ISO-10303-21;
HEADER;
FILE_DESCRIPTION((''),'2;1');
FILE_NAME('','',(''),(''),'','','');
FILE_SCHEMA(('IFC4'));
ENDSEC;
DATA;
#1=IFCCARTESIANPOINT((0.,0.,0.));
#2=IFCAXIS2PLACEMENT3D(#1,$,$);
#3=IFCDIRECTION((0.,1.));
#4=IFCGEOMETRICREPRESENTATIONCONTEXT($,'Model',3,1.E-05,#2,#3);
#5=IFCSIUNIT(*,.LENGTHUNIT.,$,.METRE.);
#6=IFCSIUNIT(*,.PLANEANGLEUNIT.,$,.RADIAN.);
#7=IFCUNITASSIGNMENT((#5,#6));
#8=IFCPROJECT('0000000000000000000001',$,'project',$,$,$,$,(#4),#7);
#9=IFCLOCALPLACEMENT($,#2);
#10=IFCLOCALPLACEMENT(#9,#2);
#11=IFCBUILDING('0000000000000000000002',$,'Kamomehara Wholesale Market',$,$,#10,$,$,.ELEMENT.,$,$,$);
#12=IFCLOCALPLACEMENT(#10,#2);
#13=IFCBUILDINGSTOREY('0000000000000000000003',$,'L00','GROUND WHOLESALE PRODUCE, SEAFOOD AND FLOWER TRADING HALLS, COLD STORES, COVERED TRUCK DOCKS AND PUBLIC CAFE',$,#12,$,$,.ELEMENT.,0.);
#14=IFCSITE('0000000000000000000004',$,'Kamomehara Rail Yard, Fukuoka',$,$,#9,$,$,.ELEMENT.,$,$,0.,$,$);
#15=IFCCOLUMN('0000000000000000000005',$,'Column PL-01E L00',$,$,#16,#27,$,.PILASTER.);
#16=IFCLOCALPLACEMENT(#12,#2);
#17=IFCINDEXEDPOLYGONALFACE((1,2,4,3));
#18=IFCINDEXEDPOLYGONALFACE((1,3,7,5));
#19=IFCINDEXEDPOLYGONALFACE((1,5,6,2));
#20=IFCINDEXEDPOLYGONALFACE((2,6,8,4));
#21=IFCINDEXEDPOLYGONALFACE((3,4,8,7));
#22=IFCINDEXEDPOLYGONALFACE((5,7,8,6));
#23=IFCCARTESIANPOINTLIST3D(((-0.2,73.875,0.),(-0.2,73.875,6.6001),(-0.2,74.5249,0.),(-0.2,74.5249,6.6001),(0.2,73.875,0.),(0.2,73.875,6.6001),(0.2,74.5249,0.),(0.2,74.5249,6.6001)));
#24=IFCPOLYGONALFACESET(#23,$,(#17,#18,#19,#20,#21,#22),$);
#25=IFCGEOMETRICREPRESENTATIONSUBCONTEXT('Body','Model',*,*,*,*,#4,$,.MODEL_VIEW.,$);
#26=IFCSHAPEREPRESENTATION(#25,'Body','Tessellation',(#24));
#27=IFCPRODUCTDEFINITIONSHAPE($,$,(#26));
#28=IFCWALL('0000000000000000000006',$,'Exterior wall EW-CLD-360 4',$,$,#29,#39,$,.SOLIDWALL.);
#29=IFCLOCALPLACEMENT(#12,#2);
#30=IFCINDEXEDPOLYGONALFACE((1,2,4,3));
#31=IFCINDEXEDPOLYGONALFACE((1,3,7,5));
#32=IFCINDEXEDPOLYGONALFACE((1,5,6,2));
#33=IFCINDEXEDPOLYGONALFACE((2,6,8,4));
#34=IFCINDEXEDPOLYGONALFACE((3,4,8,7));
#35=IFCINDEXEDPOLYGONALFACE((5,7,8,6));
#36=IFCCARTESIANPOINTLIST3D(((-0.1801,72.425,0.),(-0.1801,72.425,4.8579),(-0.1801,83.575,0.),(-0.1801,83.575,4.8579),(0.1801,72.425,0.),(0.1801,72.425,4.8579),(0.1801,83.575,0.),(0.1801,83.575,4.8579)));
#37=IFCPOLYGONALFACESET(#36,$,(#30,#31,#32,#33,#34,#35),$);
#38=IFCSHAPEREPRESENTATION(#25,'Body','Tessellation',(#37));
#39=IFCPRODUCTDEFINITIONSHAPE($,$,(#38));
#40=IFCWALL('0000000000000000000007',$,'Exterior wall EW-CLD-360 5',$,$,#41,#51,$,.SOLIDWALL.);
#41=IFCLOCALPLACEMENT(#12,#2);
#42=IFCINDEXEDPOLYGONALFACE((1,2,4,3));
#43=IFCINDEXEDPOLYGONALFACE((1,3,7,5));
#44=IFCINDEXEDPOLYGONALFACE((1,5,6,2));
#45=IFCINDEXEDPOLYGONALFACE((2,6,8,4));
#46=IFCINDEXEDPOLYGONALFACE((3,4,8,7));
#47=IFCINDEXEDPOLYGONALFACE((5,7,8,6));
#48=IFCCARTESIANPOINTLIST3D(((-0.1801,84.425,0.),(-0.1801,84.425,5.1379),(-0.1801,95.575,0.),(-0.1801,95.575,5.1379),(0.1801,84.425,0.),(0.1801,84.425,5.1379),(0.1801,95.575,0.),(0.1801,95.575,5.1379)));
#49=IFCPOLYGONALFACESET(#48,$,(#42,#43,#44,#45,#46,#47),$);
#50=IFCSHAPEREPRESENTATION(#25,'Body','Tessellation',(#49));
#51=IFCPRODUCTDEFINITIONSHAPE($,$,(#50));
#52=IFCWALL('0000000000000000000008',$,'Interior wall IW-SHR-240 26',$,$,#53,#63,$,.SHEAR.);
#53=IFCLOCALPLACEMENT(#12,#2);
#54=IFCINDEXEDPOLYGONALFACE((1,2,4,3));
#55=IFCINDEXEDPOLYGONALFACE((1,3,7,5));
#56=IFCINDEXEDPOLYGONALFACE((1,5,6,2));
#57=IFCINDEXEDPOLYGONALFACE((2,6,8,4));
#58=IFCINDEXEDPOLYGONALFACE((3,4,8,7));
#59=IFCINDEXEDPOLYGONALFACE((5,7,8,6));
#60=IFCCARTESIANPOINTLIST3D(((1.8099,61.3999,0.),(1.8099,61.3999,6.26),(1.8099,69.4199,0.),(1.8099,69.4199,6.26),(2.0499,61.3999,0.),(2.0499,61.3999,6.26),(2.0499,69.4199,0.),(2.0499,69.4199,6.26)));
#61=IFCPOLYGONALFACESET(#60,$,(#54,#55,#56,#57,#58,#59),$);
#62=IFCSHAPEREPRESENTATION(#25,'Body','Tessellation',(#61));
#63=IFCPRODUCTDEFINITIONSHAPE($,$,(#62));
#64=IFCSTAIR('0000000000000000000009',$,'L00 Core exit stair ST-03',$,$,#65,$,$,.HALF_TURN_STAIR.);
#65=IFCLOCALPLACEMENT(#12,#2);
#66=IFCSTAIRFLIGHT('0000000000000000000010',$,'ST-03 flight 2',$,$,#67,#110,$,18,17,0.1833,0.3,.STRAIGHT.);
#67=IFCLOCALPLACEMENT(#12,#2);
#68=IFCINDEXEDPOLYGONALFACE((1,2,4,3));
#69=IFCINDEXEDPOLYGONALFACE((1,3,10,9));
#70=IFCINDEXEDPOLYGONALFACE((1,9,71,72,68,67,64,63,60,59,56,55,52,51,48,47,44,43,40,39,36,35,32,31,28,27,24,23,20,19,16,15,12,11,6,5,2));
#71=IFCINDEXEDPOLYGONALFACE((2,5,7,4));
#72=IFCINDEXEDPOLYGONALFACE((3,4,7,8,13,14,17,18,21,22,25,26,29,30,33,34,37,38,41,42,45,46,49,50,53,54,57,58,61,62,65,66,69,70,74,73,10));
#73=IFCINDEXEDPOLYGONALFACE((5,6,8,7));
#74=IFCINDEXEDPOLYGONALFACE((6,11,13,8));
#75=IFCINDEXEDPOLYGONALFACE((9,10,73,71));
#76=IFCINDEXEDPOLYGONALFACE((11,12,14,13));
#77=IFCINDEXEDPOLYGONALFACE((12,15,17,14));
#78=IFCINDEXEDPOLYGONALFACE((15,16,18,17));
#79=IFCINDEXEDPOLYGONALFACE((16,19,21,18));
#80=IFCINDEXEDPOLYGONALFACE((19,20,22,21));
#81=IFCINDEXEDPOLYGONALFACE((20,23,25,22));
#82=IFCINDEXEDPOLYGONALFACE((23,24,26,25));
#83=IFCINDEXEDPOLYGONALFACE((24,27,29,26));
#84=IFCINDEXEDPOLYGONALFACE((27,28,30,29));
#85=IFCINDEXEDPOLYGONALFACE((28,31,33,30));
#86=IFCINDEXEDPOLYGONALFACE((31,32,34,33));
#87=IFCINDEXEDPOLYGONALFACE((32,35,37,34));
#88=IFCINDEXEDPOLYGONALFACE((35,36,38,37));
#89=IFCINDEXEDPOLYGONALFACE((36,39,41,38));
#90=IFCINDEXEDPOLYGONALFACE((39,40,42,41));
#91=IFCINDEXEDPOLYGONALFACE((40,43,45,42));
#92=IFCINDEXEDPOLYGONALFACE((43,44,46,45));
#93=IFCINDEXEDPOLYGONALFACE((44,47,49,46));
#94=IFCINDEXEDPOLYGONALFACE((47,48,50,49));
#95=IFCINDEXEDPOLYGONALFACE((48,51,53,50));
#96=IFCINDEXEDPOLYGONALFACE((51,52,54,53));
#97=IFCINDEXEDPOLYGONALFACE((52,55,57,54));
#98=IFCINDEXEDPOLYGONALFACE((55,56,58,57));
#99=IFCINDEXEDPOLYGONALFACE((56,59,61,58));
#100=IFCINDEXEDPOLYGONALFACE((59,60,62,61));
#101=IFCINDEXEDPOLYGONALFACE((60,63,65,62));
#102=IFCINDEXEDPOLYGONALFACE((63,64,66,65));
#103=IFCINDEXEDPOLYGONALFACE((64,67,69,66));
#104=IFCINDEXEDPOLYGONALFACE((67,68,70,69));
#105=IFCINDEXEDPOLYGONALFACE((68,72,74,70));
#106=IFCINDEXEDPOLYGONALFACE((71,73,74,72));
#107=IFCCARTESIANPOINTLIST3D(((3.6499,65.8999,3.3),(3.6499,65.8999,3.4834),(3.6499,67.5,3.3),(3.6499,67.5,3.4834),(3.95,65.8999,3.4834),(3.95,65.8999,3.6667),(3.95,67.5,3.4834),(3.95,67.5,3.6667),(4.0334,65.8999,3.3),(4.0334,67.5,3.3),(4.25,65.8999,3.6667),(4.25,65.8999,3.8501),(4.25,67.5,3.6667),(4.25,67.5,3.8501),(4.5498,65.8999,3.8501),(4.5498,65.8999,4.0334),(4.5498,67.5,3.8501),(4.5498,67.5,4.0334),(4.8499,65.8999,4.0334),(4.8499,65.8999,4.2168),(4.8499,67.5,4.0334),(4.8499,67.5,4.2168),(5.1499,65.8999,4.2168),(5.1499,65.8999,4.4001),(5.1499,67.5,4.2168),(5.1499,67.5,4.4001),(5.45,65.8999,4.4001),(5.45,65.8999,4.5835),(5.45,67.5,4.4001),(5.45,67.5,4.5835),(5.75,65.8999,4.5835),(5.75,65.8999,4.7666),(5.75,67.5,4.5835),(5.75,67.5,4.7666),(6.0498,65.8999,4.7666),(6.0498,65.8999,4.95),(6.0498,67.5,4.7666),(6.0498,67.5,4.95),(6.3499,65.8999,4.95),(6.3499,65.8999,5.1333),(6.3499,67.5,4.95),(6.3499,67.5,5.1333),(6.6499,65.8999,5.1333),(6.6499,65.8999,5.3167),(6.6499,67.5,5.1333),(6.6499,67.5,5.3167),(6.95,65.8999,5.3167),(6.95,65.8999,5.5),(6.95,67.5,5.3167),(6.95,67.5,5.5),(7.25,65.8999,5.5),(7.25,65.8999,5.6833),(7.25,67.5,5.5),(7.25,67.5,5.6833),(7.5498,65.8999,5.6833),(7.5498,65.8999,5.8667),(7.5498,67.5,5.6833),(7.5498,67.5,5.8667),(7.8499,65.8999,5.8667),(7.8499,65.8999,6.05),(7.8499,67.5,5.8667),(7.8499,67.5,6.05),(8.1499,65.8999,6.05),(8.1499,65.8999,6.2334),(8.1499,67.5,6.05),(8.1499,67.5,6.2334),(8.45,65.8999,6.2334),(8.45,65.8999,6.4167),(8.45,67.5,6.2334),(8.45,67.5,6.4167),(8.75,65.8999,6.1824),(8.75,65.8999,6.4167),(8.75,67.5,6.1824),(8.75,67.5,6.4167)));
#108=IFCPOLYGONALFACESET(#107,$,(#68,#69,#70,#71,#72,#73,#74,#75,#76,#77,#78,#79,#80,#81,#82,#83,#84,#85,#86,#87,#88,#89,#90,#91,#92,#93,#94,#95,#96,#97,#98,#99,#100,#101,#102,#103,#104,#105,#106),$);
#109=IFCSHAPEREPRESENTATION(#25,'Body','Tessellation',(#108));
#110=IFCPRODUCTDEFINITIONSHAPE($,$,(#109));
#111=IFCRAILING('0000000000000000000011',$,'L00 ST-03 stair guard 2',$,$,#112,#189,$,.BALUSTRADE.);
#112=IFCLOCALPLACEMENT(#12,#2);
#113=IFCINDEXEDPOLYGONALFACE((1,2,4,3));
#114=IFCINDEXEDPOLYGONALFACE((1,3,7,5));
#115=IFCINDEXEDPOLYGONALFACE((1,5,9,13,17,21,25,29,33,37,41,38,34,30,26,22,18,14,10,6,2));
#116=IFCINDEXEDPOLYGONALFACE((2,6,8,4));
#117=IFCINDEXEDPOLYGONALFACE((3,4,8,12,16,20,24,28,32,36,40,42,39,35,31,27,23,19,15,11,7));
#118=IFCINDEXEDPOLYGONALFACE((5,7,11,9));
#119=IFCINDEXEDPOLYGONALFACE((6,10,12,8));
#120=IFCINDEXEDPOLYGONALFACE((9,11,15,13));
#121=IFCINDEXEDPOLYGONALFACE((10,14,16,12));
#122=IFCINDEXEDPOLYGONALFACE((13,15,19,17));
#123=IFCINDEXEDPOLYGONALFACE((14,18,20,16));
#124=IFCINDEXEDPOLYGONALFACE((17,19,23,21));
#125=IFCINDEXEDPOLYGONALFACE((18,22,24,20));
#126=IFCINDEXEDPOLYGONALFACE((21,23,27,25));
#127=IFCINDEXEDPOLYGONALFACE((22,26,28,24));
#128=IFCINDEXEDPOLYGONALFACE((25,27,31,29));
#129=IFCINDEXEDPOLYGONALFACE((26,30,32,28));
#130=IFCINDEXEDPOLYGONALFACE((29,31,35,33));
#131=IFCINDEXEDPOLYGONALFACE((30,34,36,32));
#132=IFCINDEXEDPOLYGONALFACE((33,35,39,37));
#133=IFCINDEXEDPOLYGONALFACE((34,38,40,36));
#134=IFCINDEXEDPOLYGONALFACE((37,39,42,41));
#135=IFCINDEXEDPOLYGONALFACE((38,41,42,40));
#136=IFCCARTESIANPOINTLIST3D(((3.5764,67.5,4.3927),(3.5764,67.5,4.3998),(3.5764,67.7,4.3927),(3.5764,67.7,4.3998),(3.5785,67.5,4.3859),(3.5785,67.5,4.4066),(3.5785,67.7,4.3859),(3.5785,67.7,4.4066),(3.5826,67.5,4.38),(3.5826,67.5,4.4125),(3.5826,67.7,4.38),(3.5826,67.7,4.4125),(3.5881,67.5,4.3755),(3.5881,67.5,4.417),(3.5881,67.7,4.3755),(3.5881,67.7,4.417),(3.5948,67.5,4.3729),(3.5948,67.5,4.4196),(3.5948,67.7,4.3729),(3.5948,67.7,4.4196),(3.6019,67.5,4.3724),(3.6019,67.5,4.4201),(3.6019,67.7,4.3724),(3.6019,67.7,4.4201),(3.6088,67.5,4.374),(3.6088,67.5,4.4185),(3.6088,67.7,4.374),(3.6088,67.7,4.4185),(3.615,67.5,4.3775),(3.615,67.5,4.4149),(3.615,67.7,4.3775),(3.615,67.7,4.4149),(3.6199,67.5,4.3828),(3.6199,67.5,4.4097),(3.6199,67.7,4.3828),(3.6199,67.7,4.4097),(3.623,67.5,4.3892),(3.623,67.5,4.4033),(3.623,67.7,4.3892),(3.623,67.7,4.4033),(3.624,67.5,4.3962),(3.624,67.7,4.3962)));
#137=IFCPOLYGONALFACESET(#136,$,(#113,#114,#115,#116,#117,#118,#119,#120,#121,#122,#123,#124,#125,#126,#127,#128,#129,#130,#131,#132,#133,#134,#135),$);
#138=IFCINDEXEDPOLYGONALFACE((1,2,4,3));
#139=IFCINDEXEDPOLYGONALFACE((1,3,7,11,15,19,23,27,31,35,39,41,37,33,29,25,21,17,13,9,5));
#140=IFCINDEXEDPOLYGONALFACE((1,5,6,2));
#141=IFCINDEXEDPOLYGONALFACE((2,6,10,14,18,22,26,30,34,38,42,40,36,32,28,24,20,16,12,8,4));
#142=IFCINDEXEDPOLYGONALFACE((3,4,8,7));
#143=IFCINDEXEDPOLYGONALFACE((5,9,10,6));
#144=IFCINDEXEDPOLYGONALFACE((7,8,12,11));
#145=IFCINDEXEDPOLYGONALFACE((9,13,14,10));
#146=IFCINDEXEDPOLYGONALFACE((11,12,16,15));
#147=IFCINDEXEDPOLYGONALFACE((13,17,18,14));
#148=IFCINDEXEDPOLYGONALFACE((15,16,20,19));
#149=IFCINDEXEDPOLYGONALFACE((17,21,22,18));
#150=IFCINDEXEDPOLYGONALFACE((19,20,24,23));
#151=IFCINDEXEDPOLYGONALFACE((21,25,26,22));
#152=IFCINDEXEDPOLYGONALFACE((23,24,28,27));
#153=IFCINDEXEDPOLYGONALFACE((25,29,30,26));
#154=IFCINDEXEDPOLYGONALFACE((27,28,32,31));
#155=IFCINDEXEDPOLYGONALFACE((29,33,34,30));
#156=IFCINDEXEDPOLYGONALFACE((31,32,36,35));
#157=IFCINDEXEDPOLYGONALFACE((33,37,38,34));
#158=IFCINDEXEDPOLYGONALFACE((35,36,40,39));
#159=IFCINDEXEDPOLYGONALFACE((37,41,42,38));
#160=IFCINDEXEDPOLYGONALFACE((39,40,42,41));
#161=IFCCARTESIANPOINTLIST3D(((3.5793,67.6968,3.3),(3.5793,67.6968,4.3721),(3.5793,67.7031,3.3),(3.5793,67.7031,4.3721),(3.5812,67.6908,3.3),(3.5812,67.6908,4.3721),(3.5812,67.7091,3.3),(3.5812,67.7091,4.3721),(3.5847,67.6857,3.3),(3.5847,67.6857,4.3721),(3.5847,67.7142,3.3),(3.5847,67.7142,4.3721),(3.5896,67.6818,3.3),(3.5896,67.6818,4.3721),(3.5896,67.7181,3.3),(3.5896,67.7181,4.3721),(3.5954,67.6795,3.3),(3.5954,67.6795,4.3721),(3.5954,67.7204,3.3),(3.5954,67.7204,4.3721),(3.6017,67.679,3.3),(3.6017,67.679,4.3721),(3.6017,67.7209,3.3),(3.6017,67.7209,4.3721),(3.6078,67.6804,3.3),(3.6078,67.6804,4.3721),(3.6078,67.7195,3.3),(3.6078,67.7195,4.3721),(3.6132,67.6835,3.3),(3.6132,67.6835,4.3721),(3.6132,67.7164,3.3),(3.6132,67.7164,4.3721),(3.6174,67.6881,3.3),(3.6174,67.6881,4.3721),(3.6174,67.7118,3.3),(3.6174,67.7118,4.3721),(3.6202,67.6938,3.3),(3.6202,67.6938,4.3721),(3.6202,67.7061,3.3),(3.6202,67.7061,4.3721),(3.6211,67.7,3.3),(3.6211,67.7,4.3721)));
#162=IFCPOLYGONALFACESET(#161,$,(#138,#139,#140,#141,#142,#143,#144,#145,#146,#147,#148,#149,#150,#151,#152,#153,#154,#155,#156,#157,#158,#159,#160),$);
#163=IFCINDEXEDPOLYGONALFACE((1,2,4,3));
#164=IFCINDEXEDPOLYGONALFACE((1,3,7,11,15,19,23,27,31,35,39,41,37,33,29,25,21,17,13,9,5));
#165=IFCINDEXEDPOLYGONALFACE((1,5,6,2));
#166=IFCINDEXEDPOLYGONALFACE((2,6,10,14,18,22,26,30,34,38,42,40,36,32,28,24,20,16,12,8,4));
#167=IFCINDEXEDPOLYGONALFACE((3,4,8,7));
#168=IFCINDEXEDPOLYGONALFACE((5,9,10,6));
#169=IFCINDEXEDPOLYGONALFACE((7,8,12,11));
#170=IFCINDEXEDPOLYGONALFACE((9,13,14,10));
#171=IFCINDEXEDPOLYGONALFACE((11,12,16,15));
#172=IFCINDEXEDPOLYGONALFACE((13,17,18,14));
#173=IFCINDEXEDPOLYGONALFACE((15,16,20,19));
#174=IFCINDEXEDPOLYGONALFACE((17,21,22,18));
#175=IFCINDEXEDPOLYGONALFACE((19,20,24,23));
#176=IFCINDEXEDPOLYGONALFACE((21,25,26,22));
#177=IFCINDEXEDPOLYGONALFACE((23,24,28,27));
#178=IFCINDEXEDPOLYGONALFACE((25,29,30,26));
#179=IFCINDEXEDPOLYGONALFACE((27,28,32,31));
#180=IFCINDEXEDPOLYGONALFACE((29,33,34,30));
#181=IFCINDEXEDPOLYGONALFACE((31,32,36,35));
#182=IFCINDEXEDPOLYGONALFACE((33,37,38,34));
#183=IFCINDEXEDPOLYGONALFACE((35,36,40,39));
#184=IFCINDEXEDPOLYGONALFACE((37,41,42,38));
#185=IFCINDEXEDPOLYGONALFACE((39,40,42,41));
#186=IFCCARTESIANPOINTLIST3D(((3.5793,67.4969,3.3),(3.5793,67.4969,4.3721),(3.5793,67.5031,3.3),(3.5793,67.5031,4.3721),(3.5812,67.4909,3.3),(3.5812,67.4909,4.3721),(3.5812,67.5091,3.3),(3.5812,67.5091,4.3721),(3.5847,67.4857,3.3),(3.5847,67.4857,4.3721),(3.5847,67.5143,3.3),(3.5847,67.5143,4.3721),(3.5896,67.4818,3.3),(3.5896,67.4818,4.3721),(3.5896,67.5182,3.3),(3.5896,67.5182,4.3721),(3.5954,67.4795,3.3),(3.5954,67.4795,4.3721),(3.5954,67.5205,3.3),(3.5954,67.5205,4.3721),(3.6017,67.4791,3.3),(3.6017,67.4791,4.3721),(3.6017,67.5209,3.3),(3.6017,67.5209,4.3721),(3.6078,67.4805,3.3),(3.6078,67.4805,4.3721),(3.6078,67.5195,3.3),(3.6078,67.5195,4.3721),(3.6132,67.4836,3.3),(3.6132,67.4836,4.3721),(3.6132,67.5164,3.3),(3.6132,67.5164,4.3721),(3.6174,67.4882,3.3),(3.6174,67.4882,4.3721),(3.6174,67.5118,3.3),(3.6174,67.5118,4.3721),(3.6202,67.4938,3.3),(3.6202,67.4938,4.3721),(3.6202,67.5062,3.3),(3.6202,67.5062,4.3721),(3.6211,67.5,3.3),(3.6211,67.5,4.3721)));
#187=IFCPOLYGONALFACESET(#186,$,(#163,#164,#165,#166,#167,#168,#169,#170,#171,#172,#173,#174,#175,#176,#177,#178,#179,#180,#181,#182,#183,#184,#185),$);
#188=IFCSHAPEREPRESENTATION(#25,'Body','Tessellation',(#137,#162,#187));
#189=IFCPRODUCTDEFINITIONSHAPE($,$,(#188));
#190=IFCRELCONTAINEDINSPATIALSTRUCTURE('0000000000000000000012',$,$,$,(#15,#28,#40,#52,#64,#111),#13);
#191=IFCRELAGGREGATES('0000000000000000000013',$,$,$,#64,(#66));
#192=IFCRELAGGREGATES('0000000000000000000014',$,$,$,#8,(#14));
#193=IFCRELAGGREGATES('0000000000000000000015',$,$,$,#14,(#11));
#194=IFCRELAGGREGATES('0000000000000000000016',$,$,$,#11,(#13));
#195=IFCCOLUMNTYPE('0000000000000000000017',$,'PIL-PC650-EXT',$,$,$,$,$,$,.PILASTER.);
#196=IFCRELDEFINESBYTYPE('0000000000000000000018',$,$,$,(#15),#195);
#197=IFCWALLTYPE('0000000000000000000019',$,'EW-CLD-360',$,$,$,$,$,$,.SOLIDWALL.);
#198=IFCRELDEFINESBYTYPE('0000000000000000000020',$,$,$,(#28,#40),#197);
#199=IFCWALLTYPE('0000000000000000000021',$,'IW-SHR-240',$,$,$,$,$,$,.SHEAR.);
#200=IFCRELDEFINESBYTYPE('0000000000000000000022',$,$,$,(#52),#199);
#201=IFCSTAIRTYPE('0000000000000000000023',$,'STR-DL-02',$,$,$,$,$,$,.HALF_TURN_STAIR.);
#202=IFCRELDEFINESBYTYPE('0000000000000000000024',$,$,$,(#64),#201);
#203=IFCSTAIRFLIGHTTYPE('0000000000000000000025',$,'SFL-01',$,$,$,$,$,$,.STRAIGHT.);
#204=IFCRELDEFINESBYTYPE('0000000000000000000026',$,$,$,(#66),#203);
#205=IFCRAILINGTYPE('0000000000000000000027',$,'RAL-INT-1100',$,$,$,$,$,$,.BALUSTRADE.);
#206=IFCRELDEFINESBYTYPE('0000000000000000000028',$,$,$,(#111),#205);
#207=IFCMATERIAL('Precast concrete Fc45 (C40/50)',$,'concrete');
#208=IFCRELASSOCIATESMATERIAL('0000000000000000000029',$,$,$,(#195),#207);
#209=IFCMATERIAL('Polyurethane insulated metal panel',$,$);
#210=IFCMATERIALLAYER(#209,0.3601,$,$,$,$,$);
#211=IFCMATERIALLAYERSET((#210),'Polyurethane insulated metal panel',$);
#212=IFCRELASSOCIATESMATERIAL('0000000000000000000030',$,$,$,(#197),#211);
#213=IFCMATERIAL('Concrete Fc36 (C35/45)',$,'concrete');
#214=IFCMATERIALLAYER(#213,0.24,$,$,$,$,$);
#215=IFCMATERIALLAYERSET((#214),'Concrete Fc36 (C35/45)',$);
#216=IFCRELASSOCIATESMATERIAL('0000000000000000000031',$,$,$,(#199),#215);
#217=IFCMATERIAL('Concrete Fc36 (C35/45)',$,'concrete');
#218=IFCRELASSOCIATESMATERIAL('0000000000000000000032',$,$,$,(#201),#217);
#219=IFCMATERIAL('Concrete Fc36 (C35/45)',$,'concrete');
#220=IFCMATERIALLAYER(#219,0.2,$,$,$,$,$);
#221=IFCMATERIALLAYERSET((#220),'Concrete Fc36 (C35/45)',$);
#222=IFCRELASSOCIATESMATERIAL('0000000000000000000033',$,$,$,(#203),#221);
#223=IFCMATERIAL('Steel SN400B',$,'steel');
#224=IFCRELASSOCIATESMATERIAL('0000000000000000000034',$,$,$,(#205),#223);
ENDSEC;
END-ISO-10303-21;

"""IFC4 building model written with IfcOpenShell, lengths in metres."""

from ifc_helpers import new_model, si_unit, direction, frame, frame_2d, origin, origin_2d, place, context, subcontext, project, spatial, polyline, rectangle, circle, outline, extrude, material, layer, layer_set, material_profile, profile_set, type_object, element, aggregate, save


model = new_model("IFC4")

# Units and contexts
model_context = context("Model", 3, precision=1e-05, world=origin(), true_north=direction((0.0, 1.0)))
body_context = subcontext(model_context, "Body", "Model", "MODEL_VIEW")
ifc_project = project(units=[si_unit("LENGTHUNIT", "METRE"), si_unit("PLANEANGLEUNIT", "RADIAN")], contexts=[model_context])

# Site, building, storey
site_placement = place(None, origin())
site = spatial("IfcSite", under=ifc_project, at=site_placement, Name="Kamomehara Rail Yard, Fukuoka", CompositionType="ELEMENT", RefElevation=0.0)
building_placement = place(site_placement, origin())
building = spatial("IfcBuilding", under=site, at=building_placement, Name="Kamomehara Wholesale Market", CompositionType="ELEMENT")
storey_placement = place(building_placement, origin())
storey = spatial("IfcBuildingStorey", under=building, at=storey_placement, Name="L00", Description="GROUND WHOLESALE PRODUCE, SEAFOOD AND FLOWER TRADING HALLS, COLD STORES, COVERED TRUCK DOCKS AND PUBLIC CAFE", CompositionType="ELEMENT", Elevation=0.0)

# Column
ifc_material_1 = material(Name="Precast concrete Fc45 (C40/50)", Category="concrete")
ifc_material_profile_1 = material_profile(ifc_material_1, rectangle(XDim=0.3999, YDim=0.6499, at=origin_2d()), Name="PC-PIL-400x650")
ifc_profile_set_1 = profile_set([ifc_material_profile_1], Name="Precast concrete Fc45 (C40/50)")
column_type_1 = type_object("IfcColumnType", Name="PIL-PC650-EXT", PredefinedType="PILASTER", material=ifc_profile_set_1)
column_placement = place(storey_placement, frame((0.0, 74.2, 0.0), z_axis=(0.0, 0.0, 1.0), x_axis=(1.0, 0.0, 0.0)))
element("IfcColumn", 1, at=column_placement, inside=storey, type_object=column_type_1, Name="Column PL-01E L00", PredefinedType="PILASTER", context=body_context, shape_type="SweptSolid", body=[
    extrude(rectangle(XDim=0.3999, YDim=0.6499, at=origin_2d()), origin(), (0.0, 0.0, 1.0), 6.6001),
])

# Walls
ifc_material_2 = material(Name="Polyurethane insulated metal panel")
ifc_layer_1 = layer(ifc_material_2, 0.3601)
ifc_layer_set_1 = layer_set([ifc_layer_1], Name="Polyurethane insulated metal panel")
wall_type_1 = type_object("IfcWallType", Name="EW-CLD-360", PredefinedType="SOLIDWALL", material=ifc_layer_set_1)
wall_1_placement = place(storey_placement, frame((0.0, 72.425, 0.0), z_axis=(0.0, 0.0, 1.0), x_axis=(0.0, 1.0, 0.0)))
element("IfcWall", 2, at=wall_1_placement, inside=storey, type_object=wall_type_1, Name="Exterior wall EW-CLD-360 4", PredefinedType="SOLIDWALL", context=body_context, shape_type="SweptSolid", body=[
    extrude(rectangle(XDim=11.1499, YDim=0.3601, at=frame_2d((5.575, 0.0))), origin(), (0.0, 0.0, 1.0), 4.8579),
])
wall_2_placement = place(storey_placement, frame((0.0, 84.425, 0.0), z_axis=(0.0, 0.0, 1.0), x_axis=(0.0, 1.0, 0.0)))
element("IfcWall", 3, at=wall_2_placement, inside=storey, type_object=wall_type_1, Name="Exterior wall EW-CLD-360 5", PredefinedType="SOLIDWALL", context=body_context, shape_type="SweptSolid", body=[
    extrude(rectangle(XDim=11.1499, YDim=0.3601, at=frame_2d((5.575, 0.0))), origin(), (0.0, 0.0, 1.0), 5.1379),
])
ifc_material_3 = material(Name="Concrete Fc36 (C35/45)", Category="concrete")
ifc_layer_2 = layer(ifc_material_3, 0.24)
ifc_layer_set_2 = layer_set([ifc_layer_2], Name="Concrete Fc36 (C35/45)")
wall_type_2 = type_object("IfcWallType", Name="IW-SHR-240", PredefinedType="SHEAR", material=ifc_layer_set_2)
wall_3_placement = place(storey_placement, frame((1.9299, 69.4199, 0.0), z_axis=(0.0, 0.0, 1.0), x_axis=(0.0, -1.0, 0.0)))
element("IfcWall", 4, at=wall_3_placement, inside=storey, type_object=wall_type_2, Name="Interior wall IW-SHR-240 26", PredefinedType="SHEAR", context=body_context, shape_type="SweptSolid", body=[
    extrude(rectangle(XDim=8.02, YDim=0.24, at=frame_2d((4.01, 0.0))), origin(), (0.0, 0.0, 1.0), 6.26),
])

# Stair, stair flight
ifc_material_4 = material(Name="Concrete Fc36 (C35/45)", Category="concrete")
stair_type = type_object("IfcStairType", Name="STR-DL-02", PredefinedType="HALF_TURN_STAIR", material=ifc_material_4)
stair_placement = place(storey_placement, origin())
stair = element("IfcStair", 5, at=stair_placement, inside=storey, type_object=stair_type, Name="L00 Core exit stair ST-03", PredefinedType="HALF_TURN_STAIR")
ifc_material_5 = material(Name="Concrete Fc36 (C35/45)", Category="concrete")
ifc_layer_3 = layer(ifc_material_5, 0.2)
ifc_layer_set_3 = layer_set([ifc_layer_3], Name="Concrete Fc36 (C35/45)")
stair_flight_type = type_object("IfcStairFlightType", Name="SFL-01", PredefinedType="STRAIGHT", material=ifc_layer_set_3)
stair_flight_placement = place(storey_placement, frame((3.6499, 66.7, 3.3), z_axis=(0.0, 0.0, 1.0), x_axis=(1.0, 0.0, 0.0)))
stair_flight = element("IfcStairFlight", 6, at=stair_flight_placement, type_object=stair_flight_type, Name="ST-03 flight 2", NumberOfRisers=18, NumberOfTreads=17, PredefinedType="STRAIGHT", RiserHeight=0.1833, TreadLength=0.3, context=body_context, shape_type="SweptSolid", body=[
    extrude(outline(polyline([(0.0, 0.0), (0.0, 0.1833), (0.3, 0.1833), (0.3, 0.3667), (0.6001, 0.3667), (0.6001, 0.55), (0.8999, 0.55), (0.8999, 0.7334), (1.2, 0.7334), (1.2, 0.9167), (1.5, 0.9167), (1.5, 1.1001), (1.8, 1.1001), (1.8, 1.2834), (2.1001, 1.2834), (2.1001, 1.4666), (2.3999, 1.4666), (2.3999, 1.6499), (2.7, 1.6499), (2.7, 1.8333), (3.0, 1.8333), (3.0, 2.0166), (3.3, 2.0166), (3.3, 2.2), (3.6001, 2.2), (3.6001, 2.3833), (3.8999, 2.3833), (3.8999, 2.5667), (4.2, 2.5667), (4.2, 2.75), (4.5, 2.75), (4.5, 2.9333), (4.8, 2.9333), (4.8, 3.1167), (5.1001, 3.1167), (5.1001, 3.3), (5.1001, 2.8823), (0.3835, 0.0), (0.0, 0.0)])), frame((0.0, 0.8, 0.0), z_axis=(0.0, -1.0, 0.0), x_axis=(1.0, 0.0, 0.0)), (0.0, 0.0, 1.0), 1.6001),
])
aggregate(stair, [stair_flight])

# Railing
ifc_material_6 = material(Name="Steel SN400B", Category="steel")
railing_type = type_object("IfcRailingType", Name="RAL-INT-1100", PredefinedType="BALUSTRADE", material=ifc_material_6)
railing_1_placement = place(storey_placement, frame((3.6001, 67.7, 3.3)))
element("IfcRailing", 7, at=railing_1_placement, inside=storey, type_object=railing_type, Name="L00 ST-03 stair guard 2", PredefinedType="BALUSTRADE", context=body_context, shape_type="SweptSolid", body=[
    extrude(circle(Radius=0.0239, at=origin_2d()), frame((0.0, 0.0, 1.0962), z_axis=(0.0, -1.0, 0.0), x_axis=(1.0, 0.0, 0.0)), (0.0, 0.0, 1.0), 0.2),
    extrude(circle(Radius=0.021, at=origin_2d()), origin(), (0.0, 0.0, 1.0), 1.072),
    extrude(circle(Radius=0.021, at=origin_2d()), frame((0.0, -0.2, 0.0)), (0.0, 0.0, 1.0), 1.072),
])

save(model, "model.ifc")
